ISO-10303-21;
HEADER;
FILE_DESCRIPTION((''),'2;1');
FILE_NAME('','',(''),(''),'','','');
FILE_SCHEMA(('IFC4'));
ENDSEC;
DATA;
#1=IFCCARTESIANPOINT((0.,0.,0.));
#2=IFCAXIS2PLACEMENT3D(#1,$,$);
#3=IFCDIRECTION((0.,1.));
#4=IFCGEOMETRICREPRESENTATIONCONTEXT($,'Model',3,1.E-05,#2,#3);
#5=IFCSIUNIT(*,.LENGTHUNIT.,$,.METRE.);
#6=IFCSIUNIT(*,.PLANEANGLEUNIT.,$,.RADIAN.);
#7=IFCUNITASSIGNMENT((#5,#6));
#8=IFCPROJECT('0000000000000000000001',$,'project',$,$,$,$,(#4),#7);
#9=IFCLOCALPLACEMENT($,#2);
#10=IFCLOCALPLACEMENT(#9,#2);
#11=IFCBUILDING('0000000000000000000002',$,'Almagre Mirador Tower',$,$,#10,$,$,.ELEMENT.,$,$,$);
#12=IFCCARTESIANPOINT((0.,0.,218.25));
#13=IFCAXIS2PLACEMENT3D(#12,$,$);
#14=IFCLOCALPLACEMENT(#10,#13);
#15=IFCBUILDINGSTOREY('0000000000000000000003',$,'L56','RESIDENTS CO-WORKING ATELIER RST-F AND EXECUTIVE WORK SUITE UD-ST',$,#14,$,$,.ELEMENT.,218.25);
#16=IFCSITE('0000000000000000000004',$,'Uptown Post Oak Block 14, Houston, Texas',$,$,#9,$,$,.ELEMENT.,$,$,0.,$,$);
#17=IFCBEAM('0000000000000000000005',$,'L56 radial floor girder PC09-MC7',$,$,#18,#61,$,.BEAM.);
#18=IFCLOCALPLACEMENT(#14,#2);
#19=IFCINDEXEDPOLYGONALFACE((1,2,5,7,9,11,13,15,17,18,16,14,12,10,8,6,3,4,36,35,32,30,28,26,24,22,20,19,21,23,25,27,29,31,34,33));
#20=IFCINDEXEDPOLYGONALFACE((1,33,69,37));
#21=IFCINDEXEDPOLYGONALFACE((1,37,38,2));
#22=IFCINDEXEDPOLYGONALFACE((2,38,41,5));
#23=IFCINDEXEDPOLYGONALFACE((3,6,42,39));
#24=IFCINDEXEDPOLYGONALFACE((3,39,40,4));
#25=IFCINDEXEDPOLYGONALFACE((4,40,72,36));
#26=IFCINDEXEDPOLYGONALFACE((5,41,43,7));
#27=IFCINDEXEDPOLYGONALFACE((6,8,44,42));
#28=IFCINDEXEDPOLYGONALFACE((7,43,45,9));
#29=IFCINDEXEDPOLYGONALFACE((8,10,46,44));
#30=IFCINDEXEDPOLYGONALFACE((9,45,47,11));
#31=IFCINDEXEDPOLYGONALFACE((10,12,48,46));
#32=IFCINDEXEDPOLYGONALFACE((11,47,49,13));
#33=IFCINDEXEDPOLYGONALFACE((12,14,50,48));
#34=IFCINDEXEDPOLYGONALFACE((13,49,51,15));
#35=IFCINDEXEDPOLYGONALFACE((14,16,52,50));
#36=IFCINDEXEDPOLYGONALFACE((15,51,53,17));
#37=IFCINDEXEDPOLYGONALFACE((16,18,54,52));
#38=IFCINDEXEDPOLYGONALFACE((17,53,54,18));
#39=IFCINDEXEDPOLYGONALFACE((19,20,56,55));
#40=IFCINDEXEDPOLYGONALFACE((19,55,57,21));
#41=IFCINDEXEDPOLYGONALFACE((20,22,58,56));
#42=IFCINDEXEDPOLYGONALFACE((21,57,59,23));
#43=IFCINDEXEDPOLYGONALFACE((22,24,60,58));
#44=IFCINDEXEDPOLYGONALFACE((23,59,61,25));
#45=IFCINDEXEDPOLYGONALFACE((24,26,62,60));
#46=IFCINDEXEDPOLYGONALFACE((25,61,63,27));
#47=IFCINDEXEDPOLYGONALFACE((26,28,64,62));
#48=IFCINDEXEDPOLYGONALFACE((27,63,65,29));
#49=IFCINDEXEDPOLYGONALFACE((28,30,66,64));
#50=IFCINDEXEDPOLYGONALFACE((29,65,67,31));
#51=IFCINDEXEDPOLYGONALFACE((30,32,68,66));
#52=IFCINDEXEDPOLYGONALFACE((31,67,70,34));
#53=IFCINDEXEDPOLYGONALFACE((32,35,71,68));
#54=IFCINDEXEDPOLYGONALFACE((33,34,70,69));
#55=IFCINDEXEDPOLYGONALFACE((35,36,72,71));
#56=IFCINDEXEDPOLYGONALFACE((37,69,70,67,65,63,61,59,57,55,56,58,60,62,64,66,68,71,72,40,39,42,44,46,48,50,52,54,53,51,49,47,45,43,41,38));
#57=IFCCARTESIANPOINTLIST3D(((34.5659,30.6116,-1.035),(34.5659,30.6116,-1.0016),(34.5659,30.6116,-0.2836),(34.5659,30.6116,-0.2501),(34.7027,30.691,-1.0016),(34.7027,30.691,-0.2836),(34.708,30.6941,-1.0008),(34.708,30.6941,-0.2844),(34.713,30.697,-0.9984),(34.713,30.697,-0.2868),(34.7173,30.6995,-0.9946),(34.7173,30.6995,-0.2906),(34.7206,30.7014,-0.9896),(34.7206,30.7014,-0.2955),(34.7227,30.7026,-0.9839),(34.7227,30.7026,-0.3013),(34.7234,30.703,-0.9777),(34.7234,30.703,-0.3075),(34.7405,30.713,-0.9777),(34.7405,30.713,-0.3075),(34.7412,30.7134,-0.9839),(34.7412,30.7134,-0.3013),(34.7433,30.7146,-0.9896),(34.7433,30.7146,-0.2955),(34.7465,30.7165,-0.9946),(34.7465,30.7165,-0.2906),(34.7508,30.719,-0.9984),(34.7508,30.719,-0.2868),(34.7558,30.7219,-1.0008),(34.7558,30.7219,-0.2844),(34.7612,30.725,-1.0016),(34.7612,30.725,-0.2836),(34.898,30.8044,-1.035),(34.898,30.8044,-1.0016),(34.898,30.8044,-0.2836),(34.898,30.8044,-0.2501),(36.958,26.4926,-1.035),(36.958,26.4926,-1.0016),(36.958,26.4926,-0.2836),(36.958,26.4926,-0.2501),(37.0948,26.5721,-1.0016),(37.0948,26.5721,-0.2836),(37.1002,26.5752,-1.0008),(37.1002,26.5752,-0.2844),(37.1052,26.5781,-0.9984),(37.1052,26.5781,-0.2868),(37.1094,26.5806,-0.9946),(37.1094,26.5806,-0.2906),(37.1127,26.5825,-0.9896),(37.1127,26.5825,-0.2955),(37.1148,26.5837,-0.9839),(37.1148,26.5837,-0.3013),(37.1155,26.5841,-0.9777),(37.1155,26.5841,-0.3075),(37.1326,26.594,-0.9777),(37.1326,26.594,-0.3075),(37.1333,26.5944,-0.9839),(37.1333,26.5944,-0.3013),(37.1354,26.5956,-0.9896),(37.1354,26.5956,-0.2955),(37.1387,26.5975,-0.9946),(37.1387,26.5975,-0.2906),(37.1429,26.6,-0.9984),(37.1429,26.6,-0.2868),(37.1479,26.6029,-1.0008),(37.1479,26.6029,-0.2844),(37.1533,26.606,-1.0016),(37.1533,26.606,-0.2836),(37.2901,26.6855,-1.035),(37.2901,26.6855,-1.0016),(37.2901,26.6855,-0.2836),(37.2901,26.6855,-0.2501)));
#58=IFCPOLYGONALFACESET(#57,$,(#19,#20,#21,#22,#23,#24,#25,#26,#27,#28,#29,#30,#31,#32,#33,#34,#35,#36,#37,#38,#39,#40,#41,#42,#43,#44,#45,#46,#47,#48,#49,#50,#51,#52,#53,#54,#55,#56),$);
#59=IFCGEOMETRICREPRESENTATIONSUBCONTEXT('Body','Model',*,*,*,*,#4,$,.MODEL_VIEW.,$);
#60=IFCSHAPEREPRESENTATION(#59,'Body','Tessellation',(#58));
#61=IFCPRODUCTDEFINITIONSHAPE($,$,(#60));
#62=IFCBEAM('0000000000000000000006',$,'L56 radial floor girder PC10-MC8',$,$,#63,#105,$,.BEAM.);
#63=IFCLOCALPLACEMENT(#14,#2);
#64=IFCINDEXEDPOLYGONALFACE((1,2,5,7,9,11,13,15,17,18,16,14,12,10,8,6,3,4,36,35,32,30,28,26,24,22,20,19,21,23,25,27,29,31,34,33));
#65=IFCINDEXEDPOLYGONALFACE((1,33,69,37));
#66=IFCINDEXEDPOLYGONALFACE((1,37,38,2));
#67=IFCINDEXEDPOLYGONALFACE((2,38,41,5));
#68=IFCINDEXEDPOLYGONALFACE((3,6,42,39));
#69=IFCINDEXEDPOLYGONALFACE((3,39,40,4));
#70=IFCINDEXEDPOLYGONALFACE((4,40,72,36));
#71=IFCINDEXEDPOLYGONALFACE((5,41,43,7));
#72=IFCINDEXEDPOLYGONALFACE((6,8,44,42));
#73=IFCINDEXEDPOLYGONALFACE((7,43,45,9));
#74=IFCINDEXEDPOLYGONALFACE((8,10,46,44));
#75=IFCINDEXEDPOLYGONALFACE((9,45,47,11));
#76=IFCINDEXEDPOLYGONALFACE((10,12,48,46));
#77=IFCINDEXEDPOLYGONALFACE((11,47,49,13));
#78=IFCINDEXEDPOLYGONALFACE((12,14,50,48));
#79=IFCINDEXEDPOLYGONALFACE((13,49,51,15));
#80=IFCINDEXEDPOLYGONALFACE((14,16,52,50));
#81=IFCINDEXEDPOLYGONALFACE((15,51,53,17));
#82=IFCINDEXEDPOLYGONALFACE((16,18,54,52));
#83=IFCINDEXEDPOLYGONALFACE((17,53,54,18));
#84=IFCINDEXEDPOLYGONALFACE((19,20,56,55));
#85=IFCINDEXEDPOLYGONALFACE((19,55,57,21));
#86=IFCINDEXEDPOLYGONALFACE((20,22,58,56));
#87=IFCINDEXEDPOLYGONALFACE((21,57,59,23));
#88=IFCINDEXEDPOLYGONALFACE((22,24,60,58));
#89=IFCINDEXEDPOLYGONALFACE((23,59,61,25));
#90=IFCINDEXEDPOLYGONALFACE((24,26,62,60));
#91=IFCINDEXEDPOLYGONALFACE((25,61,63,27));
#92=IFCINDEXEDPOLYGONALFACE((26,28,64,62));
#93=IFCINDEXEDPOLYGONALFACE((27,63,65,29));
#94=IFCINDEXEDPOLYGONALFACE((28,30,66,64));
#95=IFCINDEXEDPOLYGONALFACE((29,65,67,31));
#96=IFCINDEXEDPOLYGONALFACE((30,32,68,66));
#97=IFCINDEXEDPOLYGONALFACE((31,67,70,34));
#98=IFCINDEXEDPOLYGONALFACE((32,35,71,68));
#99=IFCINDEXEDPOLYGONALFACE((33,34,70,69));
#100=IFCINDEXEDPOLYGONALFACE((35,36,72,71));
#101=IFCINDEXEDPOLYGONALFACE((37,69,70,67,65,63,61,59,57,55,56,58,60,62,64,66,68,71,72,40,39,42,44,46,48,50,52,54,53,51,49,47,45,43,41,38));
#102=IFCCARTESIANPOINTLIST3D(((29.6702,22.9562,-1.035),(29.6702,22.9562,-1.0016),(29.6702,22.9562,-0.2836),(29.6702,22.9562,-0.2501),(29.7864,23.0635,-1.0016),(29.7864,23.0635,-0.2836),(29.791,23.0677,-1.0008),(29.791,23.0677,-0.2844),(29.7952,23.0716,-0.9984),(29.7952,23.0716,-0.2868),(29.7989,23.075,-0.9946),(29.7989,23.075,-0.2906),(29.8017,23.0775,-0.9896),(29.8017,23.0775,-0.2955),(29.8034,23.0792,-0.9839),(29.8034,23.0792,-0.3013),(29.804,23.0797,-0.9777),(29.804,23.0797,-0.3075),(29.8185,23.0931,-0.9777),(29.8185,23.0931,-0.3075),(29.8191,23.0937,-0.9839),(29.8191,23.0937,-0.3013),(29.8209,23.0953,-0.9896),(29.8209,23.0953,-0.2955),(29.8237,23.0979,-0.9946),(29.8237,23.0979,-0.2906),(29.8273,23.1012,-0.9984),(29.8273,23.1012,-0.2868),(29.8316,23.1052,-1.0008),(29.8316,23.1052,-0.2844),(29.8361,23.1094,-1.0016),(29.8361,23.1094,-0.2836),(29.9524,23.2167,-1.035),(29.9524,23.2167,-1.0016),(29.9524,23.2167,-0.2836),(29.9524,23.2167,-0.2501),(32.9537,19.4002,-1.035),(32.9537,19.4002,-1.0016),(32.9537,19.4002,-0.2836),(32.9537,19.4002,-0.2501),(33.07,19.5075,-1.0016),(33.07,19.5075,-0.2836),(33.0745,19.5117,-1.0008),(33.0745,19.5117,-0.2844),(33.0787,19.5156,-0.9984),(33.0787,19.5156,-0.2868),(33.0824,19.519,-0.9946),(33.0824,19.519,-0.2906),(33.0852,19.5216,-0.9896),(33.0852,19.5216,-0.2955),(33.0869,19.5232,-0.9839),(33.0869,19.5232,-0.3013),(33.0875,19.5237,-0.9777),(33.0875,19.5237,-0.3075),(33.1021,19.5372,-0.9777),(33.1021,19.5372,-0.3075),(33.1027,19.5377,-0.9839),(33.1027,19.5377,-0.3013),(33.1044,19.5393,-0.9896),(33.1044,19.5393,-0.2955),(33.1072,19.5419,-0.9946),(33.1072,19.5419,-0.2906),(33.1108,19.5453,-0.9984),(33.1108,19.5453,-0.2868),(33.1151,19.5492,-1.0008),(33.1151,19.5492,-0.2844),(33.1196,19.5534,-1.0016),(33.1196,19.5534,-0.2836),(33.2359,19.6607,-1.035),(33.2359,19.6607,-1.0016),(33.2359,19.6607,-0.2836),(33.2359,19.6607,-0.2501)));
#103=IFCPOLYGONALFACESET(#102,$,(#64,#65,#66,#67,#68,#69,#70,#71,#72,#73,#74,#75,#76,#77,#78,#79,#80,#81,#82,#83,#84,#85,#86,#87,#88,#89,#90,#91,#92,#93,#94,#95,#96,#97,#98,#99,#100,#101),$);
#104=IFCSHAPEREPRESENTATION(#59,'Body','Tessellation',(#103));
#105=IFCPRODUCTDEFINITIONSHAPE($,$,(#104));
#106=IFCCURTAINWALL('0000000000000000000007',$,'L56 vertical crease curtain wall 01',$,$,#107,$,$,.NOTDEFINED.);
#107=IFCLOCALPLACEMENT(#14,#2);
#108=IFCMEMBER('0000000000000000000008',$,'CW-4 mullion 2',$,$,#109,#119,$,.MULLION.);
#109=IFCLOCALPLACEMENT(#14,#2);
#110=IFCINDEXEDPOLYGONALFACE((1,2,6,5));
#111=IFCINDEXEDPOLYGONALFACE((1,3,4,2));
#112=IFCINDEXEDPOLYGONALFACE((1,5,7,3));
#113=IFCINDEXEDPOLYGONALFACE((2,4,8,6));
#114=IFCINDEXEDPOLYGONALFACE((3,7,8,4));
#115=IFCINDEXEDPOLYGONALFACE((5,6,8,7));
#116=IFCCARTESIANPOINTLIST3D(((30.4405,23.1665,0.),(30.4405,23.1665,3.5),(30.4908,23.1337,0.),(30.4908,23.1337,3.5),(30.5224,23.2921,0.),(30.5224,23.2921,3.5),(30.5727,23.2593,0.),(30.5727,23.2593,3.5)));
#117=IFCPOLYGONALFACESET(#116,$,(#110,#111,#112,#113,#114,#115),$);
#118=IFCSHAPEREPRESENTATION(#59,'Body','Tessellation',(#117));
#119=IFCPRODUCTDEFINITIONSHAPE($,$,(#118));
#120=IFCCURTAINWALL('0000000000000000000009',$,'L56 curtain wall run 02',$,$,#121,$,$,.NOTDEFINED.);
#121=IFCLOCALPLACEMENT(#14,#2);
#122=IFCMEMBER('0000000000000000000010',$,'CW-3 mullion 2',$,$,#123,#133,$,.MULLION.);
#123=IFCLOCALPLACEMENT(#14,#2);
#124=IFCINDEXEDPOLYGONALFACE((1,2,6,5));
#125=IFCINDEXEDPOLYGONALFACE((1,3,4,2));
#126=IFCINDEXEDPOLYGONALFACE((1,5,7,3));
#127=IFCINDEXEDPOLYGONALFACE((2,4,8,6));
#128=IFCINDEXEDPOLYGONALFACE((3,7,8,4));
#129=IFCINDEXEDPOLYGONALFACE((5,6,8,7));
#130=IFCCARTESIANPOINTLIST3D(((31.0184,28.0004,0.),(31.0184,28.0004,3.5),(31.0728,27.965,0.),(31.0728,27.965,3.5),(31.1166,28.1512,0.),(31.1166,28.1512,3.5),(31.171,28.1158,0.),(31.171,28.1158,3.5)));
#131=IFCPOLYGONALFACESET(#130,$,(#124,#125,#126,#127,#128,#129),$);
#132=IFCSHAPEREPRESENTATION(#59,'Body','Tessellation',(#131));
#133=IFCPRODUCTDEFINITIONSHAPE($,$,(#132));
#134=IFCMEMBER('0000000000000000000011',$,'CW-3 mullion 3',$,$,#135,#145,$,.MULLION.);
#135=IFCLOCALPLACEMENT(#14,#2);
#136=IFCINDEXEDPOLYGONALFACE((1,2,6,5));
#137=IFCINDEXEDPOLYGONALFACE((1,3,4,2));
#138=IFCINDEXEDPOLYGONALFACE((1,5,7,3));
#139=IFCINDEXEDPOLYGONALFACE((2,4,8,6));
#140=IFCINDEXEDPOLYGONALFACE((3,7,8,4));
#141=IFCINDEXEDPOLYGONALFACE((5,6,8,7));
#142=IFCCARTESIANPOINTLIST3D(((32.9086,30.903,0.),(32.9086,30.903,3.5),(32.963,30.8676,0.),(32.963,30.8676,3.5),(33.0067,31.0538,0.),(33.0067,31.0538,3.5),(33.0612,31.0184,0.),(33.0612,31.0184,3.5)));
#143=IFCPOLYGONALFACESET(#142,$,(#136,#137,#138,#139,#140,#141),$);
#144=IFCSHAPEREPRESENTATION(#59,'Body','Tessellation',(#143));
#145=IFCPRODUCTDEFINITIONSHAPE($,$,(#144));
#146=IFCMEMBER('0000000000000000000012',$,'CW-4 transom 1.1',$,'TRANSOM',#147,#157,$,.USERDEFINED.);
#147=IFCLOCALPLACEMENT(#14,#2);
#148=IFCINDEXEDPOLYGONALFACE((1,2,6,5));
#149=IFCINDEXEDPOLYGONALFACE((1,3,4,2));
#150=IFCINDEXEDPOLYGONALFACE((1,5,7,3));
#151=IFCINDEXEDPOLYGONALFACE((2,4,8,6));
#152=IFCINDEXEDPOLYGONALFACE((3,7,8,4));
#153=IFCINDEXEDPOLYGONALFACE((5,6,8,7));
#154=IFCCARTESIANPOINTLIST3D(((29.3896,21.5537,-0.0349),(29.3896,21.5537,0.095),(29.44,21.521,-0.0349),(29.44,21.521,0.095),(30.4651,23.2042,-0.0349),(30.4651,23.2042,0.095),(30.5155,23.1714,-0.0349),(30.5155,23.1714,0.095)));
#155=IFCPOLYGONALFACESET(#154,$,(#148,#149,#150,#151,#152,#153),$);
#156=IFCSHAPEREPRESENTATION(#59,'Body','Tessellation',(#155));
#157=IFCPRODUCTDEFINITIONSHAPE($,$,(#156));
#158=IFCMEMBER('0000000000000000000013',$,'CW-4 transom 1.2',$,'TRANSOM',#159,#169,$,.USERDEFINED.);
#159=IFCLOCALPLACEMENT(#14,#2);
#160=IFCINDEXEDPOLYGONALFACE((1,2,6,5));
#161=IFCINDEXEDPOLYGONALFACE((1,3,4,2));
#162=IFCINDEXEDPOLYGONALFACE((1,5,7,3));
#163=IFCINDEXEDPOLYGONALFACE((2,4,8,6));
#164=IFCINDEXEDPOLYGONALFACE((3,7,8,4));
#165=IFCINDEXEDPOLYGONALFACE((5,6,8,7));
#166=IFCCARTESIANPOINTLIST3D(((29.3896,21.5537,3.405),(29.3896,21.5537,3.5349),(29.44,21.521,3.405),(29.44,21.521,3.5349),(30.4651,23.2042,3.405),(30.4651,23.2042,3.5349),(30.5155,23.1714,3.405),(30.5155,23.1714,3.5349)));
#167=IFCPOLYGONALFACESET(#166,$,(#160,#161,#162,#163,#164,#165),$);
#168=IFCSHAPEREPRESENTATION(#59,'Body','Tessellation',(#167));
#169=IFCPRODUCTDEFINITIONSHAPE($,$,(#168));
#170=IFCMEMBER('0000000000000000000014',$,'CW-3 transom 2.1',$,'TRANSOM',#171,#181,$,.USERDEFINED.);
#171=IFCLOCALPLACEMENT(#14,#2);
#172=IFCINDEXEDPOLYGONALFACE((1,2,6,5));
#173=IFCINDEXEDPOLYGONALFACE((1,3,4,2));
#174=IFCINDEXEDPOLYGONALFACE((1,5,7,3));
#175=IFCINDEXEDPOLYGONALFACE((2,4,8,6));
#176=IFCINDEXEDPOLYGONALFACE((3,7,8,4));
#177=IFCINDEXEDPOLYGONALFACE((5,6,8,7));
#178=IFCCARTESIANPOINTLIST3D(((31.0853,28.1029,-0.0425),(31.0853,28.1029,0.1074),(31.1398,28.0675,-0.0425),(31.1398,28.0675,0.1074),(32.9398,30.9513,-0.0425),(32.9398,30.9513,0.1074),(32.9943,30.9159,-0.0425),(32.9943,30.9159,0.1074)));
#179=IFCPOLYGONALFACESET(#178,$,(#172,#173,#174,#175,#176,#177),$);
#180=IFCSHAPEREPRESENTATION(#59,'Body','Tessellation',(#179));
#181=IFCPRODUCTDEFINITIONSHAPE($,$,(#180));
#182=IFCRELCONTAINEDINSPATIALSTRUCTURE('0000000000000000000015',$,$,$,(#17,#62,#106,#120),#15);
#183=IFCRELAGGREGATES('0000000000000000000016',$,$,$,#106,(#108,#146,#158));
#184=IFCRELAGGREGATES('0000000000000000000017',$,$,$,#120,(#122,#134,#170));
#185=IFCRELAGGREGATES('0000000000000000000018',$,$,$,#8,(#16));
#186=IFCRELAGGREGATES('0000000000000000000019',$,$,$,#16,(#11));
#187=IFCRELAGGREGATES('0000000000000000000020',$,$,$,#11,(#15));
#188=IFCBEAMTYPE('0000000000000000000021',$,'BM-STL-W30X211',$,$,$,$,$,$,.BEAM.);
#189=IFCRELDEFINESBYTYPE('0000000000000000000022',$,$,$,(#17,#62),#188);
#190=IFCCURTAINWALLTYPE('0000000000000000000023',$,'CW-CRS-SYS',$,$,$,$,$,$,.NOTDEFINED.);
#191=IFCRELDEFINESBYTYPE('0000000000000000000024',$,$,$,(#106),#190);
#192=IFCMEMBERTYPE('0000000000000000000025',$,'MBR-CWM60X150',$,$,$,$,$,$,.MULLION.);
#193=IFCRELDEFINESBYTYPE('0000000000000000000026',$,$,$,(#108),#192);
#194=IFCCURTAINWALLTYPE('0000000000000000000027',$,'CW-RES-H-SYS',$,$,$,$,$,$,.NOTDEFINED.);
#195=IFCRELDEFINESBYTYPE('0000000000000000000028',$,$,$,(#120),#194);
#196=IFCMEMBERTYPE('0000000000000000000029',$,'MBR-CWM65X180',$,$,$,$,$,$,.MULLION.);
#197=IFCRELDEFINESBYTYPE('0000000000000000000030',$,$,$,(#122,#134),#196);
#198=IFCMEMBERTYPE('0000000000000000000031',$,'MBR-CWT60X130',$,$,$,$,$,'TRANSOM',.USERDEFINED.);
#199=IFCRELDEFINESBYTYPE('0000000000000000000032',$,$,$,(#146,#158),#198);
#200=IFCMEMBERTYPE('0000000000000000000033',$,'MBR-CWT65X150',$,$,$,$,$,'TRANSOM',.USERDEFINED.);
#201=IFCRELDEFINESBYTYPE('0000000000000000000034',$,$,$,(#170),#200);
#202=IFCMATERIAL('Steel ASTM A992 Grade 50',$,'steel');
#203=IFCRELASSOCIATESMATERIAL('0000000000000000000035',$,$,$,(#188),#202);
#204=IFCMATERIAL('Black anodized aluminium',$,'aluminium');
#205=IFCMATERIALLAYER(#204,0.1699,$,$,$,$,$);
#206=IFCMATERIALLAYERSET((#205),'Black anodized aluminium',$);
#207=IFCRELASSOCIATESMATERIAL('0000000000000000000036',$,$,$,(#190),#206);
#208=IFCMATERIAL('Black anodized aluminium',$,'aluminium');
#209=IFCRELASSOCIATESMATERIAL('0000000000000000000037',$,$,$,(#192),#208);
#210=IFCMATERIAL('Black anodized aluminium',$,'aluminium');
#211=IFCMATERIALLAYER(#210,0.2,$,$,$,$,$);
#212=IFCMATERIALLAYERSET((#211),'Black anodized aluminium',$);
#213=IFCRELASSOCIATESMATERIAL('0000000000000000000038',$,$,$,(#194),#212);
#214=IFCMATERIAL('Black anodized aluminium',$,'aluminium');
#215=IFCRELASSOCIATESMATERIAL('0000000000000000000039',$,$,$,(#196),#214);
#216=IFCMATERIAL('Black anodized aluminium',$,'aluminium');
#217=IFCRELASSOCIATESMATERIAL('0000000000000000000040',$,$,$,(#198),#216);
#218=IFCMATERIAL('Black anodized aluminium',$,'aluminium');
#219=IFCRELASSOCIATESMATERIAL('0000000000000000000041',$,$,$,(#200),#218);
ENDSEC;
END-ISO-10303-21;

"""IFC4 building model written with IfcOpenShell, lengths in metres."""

from ifc_helpers import new_model, si_unit, direction, frame, origin, origin_2d, place, context, subcontext, project, spatial, rectangle, i_section, extrude, material, layer, layer_set, material_profile, profile_set, type_object, element, aggregate, save


model = new_model("IFC4")

# Units and contexts
model_context = context("Model", 3, precision=1e-05, world=origin(), true_north=direction((0.0, 1.0)))
body_context = subcontext(model_context, "Body", "Model", "MODEL_VIEW")
ifc_project = project(units=[si_unit("LENGTHUNIT", "METRE"), si_unit("PLANEANGLEUNIT", "RADIAN")], contexts=[model_context])

# Site, building, storey
site_placement = place(None, origin())
site = spatial("IfcSite", under=ifc_project, at=site_placement, Name="Uptown Post Oak Block 14, Houston, Texas", CompositionType="ELEMENT", RefElevation=0.0)
building_placement = place(site_placement, origin())
building = spatial("IfcBuilding", under=site, at=building_placement, Name="Almagre Mirador Tower", CompositionType="ELEMENT")
storey_placement = place(building_placement, frame((0.0, 0.0, 218.25)))
storey = spatial("IfcBuildingStorey", under=building, at=storey_placement, Name="L56", Description="RESIDENTS CO-WORKING ATELIER RST-F AND EXECUTIVE WORK SUITE UD-ST", CompositionType="ELEMENT", Elevation=218.25)

# Beams
ifc_material_1 = material(Name="Steel ASTM A992 Grade 50", Category="steel")
ifc_material_profile_1 = material_profile(ifc_material_1, i_section(OverallWidth=0.384, OverallDepth=0.7849, WebThickness=0.0198, FlangeThickness=0.0334, FilletRadius=0.0239, at=origin_2d()), Name="W30X211")
ifc_profile_set_1 = profile_set([ifc_material_profile_1], Name="Steel ASTM A992 Grade 50")
beam_type_1 = type_object("IfcBeamType", Name="BM-STL-W30X211", PredefinedType="BEAM", material=ifc_profile_set_1)
beam_1_placement = place(storey_placement, frame((34.7319, 30.708, -0.6426), z_axis=(0.50221, -0.864746, 0.0), x_axis=(0.864746, 0.50221, 0.0)))
element("IfcBeam", 1, at=beam_1_placement, inside=storey, type_object=beam_type_1, Name="L56 radial floor girder PC09-MC7", PredefinedType="BEAM", context=body_context, shape_type="SweptSolid", body=[
    extrude(i_section(OverallWidth=0.384, OverallDepth=0.7849, WebThickness=0.0198, FlangeThickness=0.0334, FilletRadius=0.0239, at=origin_2d()), origin(), (0.0, 0.0, 1.0), 4.7632),
])
beam_2_placement = place(storey_placement, frame((29.8113, 23.0864, -0.6426), z_axis=(0.6784, -0.734693, 0.0), x_axis=(0.734693, 0.6784, 0.0)))
element("IfcBeam", 2, at=beam_2_placement, inside=storey, type_object=beam_type_1, Name="L56 radial floor girder PC10-MC8", PredefinedType="BEAM", context=body_context, shape_type="SweptSolid", body=[
    extrude(i_section(OverallWidth=0.384, OverallDepth=0.7849, WebThickness=0.0198, FlangeThickness=0.0334, FilletRadius=0.0239, at=origin_2d()), origin(), (0.0, 0.0, 1.0), 4.8401),
])

# Curtain wall, member
ifc_material_2 = material(Name="Black anodized aluminium", Category="aluminium")
ifc_layer_1 = layer(ifc_material_2, 0.1699)
ifc_layer_set_1 = layer_set([ifc_layer_1], Name="Black anodized aluminium")
curtain_wall_type_1 = type_object("IfcCurtainWallType", Name="CW-CRS-SYS", PredefinedType="NOTDEFINED", material=ifc_layer_set_1)
curtain_wall_1_placement = place(storey_placement, origin())
curtain_wall_1 = element("IfcCurtainWall", 3, at=curtain_wall_1_placement, inside=storey, type_object=curtain_wall_type_1, Name="L56 vertical crease curtain wall 01", PredefinedType="NOTDEFINED")
ifc_material_3 = material(Name="Black anodized aluminium", Category="aluminium")
ifc_material_profile_2 = material_profile(ifc_material_3, rectangle(XDim=0.0601, YDim=0.1499, at=origin_2d()), Name="CWM60X150")
ifc_profile_set_2 = profile_set([ifc_material_profile_2], Name="Black anodized aluminium")
member_type_1 = type_object("IfcMemberType", Name="MBR-CWM60X150", PredefinedType="MULLION", material=ifc_profile_set_2)
member_1_placement = place(storey_placement, frame((30.5066, 23.2129, 0.0), z_axis=(0.0, 0.0, 1.0), x_axis=(-0.83782, 0.545947, 0.0)))
member_1 = element("IfcMember", 4, at=member_1_placement, type_object=member_type_1, Name="CW-4 mullion 2", PredefinedType="MULLION", context=body_context, shape_type="SweptSolid", body=[
    extrude(rectangle(XDim=0.0601, YDim=0.1499, at=origin_2d()), origin(), (0.0, 0.0, 1.0), 3.5),
])

# Curtain wall, members
ifc_material_4 = material(Name="Black anodized aluminium", Category="aluminium")
ifc_layer_2 = layer(ifc_material_4, 0.2)
ifc_layer_set_2 = layer_set([ifc_layer_2], Name="Black anodized aluminium")
curtain_wall_type_2 = type_object("IfcCurtainWallType", Name="CW-RES-H-SYS", PredefinedType="NOTDEFINED", material=ifc_layer_set_2)
curtain_wall_2_placement = place(storey_placement, origin())
curtain_wall_2 = element("IfcCurtainWall", 5, at=curtain_wall_2_placement, inside=storey, type_object=curtain_wall_type_2, Name="L56 curtain wall run 02", PredefinedType="NOTDEFINED")
ifc_material_5 = material(Name="Black anodized aluminium", Category="aluminium")
ifc_material_profile_3 = material_profile(ifc_material_5, rectangle(XDim=0.0649, YDim=0.1799, at=origin_2d()), Name="CWM65X180")
ifc_profile_set_3 = profile_set([ifc_material_profile_3], Name="Black anodized aluminium")
member_type_2 = type_object("IfcMemberType", Name="MBR-CWM65X180", PredefinedType="MULLION", material=ifc_profile_set_3)
member_2_placement = place(storey_placement, frame((31.0947, 28.0581, 0.0), z_axis=(0.0, 0.0, 1.0), x_axis=(-0.838019, 0.545642, 0.0)))
member_2 = element("IfcMember", 6, at=member_2_placement, type_object=member_type_2, Name="CW-3 mullion 2", PredefinedType="MULLION", context=body_context, shape_type="SweptSolid", body=[
    extrude(rectangle(XDim=0.0649, YDim=0.1799, at=origin_2d()), origin(), (0.0, 0.0, 1.0), 3.5),
])
member_3_placement = place(storey_placement, frame((32.9849, 30.9607, 0.0), z_axis=(0.0, 0.0, 1.0), x_axis=(-0.838019, 0.545642, 0.0)))
member_3 = element("IfcMember", 7, at=member_3_placement, type_object=member_type_2, Name="CW-3 mullion 3", PredefinedType="MULLION", context=body_context, shape_type="SweptSolid", body=[
    extrude(rectangle(XDim=0.0649, YDim=0.1799, at=origin_2d()), origin(), (0.0, 0.0, 1.0), 3.5),
])

# Members
ifc_material_6 = material(Name="Black anodized aluminium", Category="aluminium")
ifc_material_profile_4 = material_profile(ifc_material_6, rectangle(XDim=0.0601, YDim=0.1299, at=origin_2d()), Name="CWT60X130")
ifc_profile_set_4 = profile_set([ifc_material_profile_4], Name="Black anodized aluminium")
member_type_3 = type_object("IfcMemberType", Name="MBR-CWT60X130", ElementType="TRANSOM", PredefinedType="USERDEFINED", material=ifc_profile_set_4)
member_4_placement = place(storey_placement, frame((29.4148, 21.5374, 0.03), z_axis=(0.545946, 0.83782, 0.0), x_axis=(-0.83782, 0.545946, 0.0)))
member_4 = element("IfcMember", 8, at=member_4_placement, type_object=member_type_3, Name="CW-4 transom 1.1", ObjectType="TRANSOM", PredefinedType="USERDEFINED", context=body_context, shape_type="SweptSolid", body=[
    extrude(rectangle(XDim=0.0601, YDim=0.1299, at=origin_2d()), origin(), (0.0, 0.0, 1.0), 1.97),
])
member_5_placement = place(storey_placement, frame((29.4148, 21.5374, 3.47), z_axis=(0.545946, 0.83782, 0.0), x_axis=(-0.83782, 0.545946, 0.0)))
member_5 = element("IfcMember", 9, at=member_5_placement, type_object=member_type_3, Name="CW-4 transom 1.2", ObjectType="TRANSOM", PredefinedType="USERDEFINED", context=body_context, shape_type="SweptSolid", body=[
    extrude(rectangle(XDim=0.0601, YDim=0.1299, at=origin_2d()), origin(), (0.0, 0.0, 1.0), 1.97),
])
ifc_material_7 = material(Name="Black anodized aluminium", Category="aluminium")
ifc_material_profile_5 = material_profile(ifc_material_7, rectangle(XDim=0.0649, YDim=0.1499, at=origin_2d()), Name="CWT65X150")
ifc_profile_set_5 = profile_set([ifc_material_profile_5], Name="Black anodized aluminium")
member_type_4 = type_object("IfcMemberType", Name="MBR-CWT65X150", ElementType="TRANSOM", PredefinedType="USERDEFINED", material=ifc_profile_set_5)
member_6_placement = place(storey_placement, frame((31.1125, 28.0852, 0.0325), z_axis=(0.545617, 0.838035, 0.0), x_axis=(-0.838035, 0.545617, 0.0)))
member_6 = element("IfcMember", 10, at=member_6_placement, type_object=member_type_4, Name="CW-3 transom 2.1", ObjectType="TRANSOM", PredefinedType="USERDEFINED", context=body_context, shape_type="SweptSolid", body=[
    extrude(rectangle(XDim=0.0649, YDim=0.1499, at=origin_2d()), origin(), (0.0, 0.0, 1.0), 3.3989),
])

aggregate(curtain_wall_1, [member_1, member_4, member_5])
aggregate(curtain_wall_2, [member_2, member_3, member_6])

save(model, "model.ifc")
